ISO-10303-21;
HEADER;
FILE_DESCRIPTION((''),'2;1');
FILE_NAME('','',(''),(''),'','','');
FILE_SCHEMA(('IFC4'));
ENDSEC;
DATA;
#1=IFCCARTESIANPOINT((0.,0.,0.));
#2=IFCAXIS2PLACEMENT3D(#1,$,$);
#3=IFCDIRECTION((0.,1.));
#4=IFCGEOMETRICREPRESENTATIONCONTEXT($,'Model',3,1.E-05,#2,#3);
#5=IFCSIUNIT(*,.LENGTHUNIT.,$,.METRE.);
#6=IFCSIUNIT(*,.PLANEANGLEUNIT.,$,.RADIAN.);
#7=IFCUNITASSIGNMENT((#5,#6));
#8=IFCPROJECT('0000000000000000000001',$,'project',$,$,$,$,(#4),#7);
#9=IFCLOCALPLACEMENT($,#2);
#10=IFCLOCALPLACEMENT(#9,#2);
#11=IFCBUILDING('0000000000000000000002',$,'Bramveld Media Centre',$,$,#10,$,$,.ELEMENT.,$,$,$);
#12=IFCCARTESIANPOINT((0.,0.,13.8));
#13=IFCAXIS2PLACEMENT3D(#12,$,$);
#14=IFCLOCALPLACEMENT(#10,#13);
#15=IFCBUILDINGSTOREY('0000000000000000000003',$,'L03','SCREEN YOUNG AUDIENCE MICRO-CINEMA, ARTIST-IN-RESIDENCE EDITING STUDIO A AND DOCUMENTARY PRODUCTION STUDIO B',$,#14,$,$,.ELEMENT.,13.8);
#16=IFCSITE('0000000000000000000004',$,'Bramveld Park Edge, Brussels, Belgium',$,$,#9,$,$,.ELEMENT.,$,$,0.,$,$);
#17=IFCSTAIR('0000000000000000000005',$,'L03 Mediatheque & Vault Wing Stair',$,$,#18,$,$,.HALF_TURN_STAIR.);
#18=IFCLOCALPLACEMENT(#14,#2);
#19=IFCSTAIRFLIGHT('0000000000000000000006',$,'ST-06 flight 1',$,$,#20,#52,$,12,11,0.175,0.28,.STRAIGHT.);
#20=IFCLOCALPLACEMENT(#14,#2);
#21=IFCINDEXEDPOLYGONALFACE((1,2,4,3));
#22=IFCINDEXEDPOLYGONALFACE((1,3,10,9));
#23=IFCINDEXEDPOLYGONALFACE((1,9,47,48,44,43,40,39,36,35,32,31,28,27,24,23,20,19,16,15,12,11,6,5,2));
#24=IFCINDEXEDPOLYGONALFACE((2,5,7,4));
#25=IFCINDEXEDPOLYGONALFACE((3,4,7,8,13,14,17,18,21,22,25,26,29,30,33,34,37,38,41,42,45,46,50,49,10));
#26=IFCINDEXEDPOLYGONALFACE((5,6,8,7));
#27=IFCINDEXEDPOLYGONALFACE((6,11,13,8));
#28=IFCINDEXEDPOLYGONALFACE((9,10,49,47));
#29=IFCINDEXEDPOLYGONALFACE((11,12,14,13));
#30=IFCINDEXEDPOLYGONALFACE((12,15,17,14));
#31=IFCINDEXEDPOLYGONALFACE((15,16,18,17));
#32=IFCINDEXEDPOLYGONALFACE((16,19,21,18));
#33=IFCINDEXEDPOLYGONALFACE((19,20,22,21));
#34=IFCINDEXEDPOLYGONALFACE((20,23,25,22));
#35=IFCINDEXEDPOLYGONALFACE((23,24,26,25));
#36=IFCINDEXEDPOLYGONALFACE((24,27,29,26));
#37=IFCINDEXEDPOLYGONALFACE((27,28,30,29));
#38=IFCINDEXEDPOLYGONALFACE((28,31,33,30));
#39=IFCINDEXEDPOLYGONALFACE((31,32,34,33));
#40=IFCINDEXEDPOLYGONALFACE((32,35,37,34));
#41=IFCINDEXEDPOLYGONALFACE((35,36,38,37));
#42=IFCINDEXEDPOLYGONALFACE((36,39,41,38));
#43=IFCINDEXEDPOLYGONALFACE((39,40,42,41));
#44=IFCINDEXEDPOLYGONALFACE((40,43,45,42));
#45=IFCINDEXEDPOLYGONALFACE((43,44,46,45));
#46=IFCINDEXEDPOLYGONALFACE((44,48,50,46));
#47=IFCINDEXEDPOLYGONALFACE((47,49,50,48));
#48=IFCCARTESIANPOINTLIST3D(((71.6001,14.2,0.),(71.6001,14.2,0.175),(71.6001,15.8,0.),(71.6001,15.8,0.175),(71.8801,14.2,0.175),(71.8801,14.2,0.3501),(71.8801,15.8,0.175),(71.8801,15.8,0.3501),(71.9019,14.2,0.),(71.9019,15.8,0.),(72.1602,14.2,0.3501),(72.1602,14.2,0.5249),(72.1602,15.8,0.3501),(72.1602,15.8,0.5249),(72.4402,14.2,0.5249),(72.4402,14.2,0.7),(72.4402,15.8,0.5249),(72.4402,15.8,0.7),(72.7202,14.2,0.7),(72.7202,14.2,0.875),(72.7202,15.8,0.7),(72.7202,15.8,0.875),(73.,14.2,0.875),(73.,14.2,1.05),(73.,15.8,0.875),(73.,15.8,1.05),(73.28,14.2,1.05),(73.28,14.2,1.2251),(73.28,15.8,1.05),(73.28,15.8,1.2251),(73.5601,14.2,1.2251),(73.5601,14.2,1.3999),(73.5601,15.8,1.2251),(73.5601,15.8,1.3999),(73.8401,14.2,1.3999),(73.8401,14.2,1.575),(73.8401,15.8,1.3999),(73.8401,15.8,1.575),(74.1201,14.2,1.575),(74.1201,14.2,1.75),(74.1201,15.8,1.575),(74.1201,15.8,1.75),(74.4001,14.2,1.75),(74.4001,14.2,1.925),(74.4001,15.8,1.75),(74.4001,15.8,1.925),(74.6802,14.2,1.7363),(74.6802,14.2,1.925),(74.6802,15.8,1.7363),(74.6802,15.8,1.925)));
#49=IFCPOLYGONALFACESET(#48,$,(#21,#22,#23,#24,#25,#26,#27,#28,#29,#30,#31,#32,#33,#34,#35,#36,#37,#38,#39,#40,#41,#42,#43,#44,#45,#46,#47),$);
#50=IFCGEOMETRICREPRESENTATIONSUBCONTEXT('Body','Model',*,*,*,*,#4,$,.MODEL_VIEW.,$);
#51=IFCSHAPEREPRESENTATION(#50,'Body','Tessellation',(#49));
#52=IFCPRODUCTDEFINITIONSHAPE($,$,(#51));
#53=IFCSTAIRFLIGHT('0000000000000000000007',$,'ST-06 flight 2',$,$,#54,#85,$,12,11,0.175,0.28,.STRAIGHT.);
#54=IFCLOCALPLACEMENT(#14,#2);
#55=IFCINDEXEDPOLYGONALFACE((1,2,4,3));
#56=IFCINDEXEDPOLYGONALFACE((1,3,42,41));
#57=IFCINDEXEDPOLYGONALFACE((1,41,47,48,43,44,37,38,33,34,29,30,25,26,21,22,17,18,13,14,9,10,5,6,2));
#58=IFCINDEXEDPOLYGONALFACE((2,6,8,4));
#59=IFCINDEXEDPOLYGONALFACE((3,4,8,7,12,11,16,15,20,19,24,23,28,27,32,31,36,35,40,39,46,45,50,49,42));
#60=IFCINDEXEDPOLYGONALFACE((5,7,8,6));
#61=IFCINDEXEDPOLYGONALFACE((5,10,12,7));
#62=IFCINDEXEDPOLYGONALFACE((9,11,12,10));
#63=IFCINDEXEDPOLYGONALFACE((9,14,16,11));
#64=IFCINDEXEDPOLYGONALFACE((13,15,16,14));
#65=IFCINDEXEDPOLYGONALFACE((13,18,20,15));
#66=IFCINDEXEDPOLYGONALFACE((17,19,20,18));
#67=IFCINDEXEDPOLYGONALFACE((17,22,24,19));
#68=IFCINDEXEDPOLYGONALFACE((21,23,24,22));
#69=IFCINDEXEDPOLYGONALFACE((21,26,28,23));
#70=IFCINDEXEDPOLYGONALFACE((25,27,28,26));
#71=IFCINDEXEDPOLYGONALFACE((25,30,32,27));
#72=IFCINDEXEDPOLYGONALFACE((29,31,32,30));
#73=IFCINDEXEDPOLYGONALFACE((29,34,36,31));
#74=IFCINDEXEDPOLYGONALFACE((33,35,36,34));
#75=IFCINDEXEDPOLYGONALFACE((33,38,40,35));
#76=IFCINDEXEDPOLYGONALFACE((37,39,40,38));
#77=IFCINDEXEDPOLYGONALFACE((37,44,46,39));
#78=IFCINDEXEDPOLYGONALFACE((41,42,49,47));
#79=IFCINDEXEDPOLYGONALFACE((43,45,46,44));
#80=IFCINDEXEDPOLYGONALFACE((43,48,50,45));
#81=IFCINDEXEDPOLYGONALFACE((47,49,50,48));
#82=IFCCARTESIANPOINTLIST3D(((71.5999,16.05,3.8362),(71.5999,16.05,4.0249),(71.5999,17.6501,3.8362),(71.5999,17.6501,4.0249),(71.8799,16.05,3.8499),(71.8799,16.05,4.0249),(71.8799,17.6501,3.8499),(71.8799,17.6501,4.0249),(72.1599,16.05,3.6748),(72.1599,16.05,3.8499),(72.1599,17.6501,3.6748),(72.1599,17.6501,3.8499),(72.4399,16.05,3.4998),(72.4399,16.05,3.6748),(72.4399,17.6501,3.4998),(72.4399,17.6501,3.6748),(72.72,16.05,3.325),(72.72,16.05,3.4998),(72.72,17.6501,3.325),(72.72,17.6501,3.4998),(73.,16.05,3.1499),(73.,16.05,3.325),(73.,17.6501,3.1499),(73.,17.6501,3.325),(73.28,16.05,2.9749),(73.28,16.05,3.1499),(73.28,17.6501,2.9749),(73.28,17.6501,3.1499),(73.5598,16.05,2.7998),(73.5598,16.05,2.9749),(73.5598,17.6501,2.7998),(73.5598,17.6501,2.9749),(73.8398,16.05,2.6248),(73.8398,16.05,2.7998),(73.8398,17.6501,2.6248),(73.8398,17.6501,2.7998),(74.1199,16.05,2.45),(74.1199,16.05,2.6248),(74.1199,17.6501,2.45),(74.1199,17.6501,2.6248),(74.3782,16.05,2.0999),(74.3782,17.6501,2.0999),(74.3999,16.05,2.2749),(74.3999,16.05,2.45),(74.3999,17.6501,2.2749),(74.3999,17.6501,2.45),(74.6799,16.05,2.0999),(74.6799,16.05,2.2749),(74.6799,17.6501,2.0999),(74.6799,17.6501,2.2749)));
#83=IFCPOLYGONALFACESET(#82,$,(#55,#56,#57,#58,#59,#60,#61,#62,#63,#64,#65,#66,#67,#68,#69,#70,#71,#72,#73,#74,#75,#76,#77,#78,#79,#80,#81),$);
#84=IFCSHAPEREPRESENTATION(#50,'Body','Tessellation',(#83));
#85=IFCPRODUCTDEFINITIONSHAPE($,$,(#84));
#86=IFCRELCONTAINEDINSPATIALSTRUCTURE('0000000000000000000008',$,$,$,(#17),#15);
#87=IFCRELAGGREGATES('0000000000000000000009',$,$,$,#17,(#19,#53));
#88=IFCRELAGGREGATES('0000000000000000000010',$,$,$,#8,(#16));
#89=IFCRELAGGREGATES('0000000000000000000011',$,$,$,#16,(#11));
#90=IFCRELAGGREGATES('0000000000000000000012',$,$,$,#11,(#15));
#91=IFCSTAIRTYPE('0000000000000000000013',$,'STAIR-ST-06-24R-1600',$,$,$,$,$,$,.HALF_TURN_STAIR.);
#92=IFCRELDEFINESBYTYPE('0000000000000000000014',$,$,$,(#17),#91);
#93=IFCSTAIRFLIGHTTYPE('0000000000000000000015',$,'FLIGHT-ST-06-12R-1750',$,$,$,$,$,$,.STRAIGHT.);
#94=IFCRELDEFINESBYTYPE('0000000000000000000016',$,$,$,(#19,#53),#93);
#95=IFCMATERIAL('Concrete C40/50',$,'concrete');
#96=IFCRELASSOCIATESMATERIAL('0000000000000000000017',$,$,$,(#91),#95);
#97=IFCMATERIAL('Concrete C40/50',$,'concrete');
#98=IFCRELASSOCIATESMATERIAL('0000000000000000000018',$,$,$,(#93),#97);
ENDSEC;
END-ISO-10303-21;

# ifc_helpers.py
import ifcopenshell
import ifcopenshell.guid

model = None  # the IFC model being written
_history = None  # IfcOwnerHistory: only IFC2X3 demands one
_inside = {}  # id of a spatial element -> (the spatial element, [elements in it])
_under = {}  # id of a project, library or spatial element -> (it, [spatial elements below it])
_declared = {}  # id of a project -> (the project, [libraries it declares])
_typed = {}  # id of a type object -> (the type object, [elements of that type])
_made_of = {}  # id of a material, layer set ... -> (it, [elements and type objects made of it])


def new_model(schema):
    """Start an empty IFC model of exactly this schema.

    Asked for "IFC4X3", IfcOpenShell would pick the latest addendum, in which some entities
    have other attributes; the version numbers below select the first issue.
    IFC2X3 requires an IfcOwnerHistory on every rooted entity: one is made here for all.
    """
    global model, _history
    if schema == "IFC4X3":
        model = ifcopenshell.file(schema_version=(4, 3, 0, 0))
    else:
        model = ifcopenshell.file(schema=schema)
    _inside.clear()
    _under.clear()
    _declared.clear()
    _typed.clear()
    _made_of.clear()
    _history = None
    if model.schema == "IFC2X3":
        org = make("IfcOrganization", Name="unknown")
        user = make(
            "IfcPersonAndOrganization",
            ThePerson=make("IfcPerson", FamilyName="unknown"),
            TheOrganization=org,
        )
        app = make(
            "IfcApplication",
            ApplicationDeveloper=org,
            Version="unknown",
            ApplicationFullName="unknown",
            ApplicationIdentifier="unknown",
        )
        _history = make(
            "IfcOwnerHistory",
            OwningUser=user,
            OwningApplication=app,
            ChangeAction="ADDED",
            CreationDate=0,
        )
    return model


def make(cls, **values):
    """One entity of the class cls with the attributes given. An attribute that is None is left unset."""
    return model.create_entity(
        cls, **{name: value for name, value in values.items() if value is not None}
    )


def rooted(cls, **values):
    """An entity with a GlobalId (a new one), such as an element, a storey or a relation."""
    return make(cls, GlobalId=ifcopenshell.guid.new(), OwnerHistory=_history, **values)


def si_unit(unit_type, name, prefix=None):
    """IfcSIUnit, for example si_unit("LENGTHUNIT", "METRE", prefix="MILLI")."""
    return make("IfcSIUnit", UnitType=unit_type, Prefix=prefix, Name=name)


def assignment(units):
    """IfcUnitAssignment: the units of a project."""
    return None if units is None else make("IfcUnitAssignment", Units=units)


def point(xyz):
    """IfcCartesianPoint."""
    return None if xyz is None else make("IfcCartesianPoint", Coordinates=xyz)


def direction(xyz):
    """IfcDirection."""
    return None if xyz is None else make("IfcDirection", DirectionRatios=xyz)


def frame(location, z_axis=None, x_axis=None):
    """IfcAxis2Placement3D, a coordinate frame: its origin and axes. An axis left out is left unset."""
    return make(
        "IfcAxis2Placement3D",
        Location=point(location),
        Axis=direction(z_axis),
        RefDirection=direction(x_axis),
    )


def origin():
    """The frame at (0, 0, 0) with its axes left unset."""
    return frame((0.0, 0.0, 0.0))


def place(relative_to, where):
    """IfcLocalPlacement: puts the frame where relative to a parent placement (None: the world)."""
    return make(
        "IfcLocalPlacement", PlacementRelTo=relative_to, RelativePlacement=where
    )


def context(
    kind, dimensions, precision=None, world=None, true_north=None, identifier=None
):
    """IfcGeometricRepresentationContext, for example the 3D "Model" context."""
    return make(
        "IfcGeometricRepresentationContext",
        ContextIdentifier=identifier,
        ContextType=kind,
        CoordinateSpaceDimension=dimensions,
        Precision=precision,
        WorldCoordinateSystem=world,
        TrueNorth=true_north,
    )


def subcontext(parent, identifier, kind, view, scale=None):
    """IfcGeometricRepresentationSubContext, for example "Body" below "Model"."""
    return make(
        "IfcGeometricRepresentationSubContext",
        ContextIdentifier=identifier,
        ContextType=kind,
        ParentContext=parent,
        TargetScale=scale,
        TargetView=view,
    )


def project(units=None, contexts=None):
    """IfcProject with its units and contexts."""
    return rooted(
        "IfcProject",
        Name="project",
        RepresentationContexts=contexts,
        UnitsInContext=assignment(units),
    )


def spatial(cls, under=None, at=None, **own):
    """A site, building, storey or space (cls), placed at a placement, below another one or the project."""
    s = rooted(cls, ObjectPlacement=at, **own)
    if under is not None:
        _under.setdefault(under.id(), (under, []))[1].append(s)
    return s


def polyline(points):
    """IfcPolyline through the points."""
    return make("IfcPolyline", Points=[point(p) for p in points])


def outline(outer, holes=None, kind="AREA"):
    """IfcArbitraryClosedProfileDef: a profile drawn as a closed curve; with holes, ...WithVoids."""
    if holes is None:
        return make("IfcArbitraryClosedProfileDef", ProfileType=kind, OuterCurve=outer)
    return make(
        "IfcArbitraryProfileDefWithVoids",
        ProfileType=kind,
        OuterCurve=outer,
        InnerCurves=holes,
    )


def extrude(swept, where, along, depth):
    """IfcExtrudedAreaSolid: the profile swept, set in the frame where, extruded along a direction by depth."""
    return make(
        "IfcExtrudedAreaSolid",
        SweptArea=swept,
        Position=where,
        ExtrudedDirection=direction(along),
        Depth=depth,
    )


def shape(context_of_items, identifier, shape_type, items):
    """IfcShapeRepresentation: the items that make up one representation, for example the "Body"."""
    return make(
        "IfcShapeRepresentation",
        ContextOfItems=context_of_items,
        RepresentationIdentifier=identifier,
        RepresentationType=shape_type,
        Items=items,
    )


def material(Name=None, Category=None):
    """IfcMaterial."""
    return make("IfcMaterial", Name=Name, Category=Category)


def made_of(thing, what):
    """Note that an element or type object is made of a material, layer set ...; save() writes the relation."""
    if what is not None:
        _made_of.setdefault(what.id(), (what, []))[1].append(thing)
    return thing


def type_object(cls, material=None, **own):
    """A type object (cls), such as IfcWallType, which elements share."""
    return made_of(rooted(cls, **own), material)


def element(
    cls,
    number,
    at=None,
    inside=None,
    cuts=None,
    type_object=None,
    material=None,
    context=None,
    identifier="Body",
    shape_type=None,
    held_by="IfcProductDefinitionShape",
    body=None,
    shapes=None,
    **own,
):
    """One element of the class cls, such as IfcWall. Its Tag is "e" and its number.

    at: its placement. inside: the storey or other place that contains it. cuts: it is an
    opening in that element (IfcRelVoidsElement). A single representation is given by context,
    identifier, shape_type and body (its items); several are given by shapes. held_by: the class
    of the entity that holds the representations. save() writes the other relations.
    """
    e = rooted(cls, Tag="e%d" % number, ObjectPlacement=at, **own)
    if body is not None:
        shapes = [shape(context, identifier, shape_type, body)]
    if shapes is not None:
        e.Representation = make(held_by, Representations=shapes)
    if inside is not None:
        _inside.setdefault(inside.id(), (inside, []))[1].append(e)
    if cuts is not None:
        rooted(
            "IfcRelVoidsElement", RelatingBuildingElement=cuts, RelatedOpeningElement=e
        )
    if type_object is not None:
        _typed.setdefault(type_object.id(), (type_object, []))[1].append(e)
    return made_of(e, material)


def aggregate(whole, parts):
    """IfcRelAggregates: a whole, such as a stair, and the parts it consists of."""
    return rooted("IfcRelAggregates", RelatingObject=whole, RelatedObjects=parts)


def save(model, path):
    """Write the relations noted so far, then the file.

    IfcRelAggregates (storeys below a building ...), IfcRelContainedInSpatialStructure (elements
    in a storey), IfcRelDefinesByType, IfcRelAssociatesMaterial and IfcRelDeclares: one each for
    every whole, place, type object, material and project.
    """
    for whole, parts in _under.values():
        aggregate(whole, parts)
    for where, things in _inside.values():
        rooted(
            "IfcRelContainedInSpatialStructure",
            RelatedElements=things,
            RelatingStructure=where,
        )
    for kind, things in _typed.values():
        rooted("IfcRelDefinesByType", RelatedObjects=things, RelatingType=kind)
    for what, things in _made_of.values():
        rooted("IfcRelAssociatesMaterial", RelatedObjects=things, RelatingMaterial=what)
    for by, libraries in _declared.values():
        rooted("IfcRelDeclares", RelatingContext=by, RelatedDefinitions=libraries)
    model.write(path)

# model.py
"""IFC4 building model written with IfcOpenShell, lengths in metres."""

from ifc_helpers import new_model, si_unit, direction, frame, origin, place, context, subcontext, project, spatial, polyline, outline, extrude, material, type_object, element, aggregate, save


model = new_model("IFC4")

# Units and contexts
model_context = context("Model", 3, precision=1e-05, world=origin(), true_north=direction((0.0, 1.0)))
body_context = subcontext(model_context, "Body", "Model", "MODEL_VIEW")
ifc_project = project(units=[si_unit("LENGTHUNIT", "METRE"), si_unit("PLANEANGLEUNIT", "RADIAN")], contexts=[model_context])

# Site, building, storey
site_placement = place(None, origin())
site = spatial("IfcSite", under=ifc_project, at=site_placement, Name="Bramveld Park Edge, Brussels, Belgium", CompositionType="ELEMENT", RefElevation=0.0)
building_placement = place(site_placement, origin())
building = spatial("IfcBuilding", under=site, at=building_placement, Name="Bramveld Media Centre", CompositionType="ELEMENT")
storey_placement = place(building_placement, frame((0.0, 0.0, 13.8)))
storey = spatial("IfcBuildingStorey", under=building, at=storey_placement, Name="L03", Description="SCREEN YOUNG AUDIENCE MICRO-CINEMA, ARTIST-IN-RESIDENCE EDITING STUDIO A AND DOCUMENTARY PRODUCTION STUDIO B", CompositionType="ELEMENT", Elevation=13.8)

# Stair, stair flights
ifc_material_1 = material(Name="Concrete C40/50", Category="concrete")
stair_type = type_object("IfcStairType", Name="STAIR-ST-06-24R-1600", PredefinedType="HALF_TURN_STAIR", material=ifc_material_1)
stair_placement = place(storey_placement, origin())
stair = element("IfcStair", 1, at=stair_placement, inside=storey, type_object=stair_type, Name="L03 Mediatheque & Vault Wing Stair", PredefinedType="HALF_TURN_STAIR")
ifc_material_2 = material(Name="Concrete C40/50", Category="concrete")
stair_flight_type = type_object("IfcStairFlightType", Name="FLIGHT-ST-06-12R-1750", PredefinedType="STRAIGHT", material=ifc_material_2)
stair_flight_1_placement = place(storey_placement, frame((71.6001, 15.0, 0.0), z_axis=(0.0, 0.0, 1.0), x_axis=(1.0, 0.0, 0.0)))
stair_flight_1 = element("IfcStairFlight", 2, at=stair_flight_1_placement, type_object=stair_flight_type, Name="ST-06 flight 1", NumberOfRisers=12, NumberOfTreads=11, PredefinedType="STRAIGHT", RiserHeight=0.175, TreadLength=0.28, context=body_context, shape_type="SweptSolid", body=[
    extrude(outline(polyline([(0.0, 0.0), (0.0, 0.175), (0.28, 0.175), (0.28, 0.3501), (0.5601, 0.3501), (0.5601, 0.5249), (0.8401, 0.5249), (0.8401, 0.7), (1.1201, 0.7), (1.1201, 0.875), (1.3999, 0.875), (1.3999, 1.05), (1.6799, 1.05), (1.6799, 1.2251), (1.96, 1.2251), (1.96, 1.3999), (2.24, 1.3999), (2.24, 1.575), (2.52, 1.575), (2.52, 1.75), (2.8, 1.75), (2.8, 1.925), (3.0801, 1.925), (3.0801, 2.1001), (3.0801, 1.7363), (0.3018, 0.0), (0.0, 0.0)])), frame((0.0, 0.8, 0.0), z_axis=(0.0, -1.0, 0.0), x_axis=(1.0, 0.0, 0.0)), (0.0, 0.0, 1.0), 1.6001),
])
stair_flight_2_placement = place(storey_placement, frame((74.6799, 16.8501, 2.0999), z_axis=(0.0, 0.0, 1.0), x_axis=(-1.0, 0.0, 0.0)))
stair_flight_2 = element("IfcStairFlight", 3, at=stair_flight_2_placement, type_object=stair_flight_type, Name="ST-06 flight 2", NumberOfRisers=12, NumberOfTreads=11, PredefinedType="STRAIGHT", RiserHeight=0.175, TreadLength=0.28, context=body_context, shape_type="SweptSolid", body=[
    extrude(outline(polyline([(0.0, 0.0), (0.0, 0.175), (0.28, 0.175), (0.28, 0.3501), (0.5601, 0.3501), (0.5601, 0.5249), (0.8401, 0.5249), (0.8401, 0.7), (1.1201, 0.7), (1.1201, 0.875), (1.3999, 0.875), (1.3999, 1.05), (1.6799, 1.05), (1.6799, 1.2251), (1.96, 1.2251), (1.96, 1.3999), (2.24, 1.3999), (2.24, 1.575), (2.52, 1.575), (2.52, 1.75), (2.8, 1.75), (2.8, 1.925), (3.0801, 1.925), (3.0801, 2.1001), (3.0801, 1.7363), (0.3018, 0.0), (0.0, 0.0)])), frame((0.0, 0.8, 0.0), z_axis=(0.0, -1.0, 0.0), x_axis=(1.0, 0.0, 0.0)), (0.0, 0.0, 1.0), 1.6001),
])
aggregate(stair, [stair_flight_1, stair_flight_2])

save(model, "model.ifc")
